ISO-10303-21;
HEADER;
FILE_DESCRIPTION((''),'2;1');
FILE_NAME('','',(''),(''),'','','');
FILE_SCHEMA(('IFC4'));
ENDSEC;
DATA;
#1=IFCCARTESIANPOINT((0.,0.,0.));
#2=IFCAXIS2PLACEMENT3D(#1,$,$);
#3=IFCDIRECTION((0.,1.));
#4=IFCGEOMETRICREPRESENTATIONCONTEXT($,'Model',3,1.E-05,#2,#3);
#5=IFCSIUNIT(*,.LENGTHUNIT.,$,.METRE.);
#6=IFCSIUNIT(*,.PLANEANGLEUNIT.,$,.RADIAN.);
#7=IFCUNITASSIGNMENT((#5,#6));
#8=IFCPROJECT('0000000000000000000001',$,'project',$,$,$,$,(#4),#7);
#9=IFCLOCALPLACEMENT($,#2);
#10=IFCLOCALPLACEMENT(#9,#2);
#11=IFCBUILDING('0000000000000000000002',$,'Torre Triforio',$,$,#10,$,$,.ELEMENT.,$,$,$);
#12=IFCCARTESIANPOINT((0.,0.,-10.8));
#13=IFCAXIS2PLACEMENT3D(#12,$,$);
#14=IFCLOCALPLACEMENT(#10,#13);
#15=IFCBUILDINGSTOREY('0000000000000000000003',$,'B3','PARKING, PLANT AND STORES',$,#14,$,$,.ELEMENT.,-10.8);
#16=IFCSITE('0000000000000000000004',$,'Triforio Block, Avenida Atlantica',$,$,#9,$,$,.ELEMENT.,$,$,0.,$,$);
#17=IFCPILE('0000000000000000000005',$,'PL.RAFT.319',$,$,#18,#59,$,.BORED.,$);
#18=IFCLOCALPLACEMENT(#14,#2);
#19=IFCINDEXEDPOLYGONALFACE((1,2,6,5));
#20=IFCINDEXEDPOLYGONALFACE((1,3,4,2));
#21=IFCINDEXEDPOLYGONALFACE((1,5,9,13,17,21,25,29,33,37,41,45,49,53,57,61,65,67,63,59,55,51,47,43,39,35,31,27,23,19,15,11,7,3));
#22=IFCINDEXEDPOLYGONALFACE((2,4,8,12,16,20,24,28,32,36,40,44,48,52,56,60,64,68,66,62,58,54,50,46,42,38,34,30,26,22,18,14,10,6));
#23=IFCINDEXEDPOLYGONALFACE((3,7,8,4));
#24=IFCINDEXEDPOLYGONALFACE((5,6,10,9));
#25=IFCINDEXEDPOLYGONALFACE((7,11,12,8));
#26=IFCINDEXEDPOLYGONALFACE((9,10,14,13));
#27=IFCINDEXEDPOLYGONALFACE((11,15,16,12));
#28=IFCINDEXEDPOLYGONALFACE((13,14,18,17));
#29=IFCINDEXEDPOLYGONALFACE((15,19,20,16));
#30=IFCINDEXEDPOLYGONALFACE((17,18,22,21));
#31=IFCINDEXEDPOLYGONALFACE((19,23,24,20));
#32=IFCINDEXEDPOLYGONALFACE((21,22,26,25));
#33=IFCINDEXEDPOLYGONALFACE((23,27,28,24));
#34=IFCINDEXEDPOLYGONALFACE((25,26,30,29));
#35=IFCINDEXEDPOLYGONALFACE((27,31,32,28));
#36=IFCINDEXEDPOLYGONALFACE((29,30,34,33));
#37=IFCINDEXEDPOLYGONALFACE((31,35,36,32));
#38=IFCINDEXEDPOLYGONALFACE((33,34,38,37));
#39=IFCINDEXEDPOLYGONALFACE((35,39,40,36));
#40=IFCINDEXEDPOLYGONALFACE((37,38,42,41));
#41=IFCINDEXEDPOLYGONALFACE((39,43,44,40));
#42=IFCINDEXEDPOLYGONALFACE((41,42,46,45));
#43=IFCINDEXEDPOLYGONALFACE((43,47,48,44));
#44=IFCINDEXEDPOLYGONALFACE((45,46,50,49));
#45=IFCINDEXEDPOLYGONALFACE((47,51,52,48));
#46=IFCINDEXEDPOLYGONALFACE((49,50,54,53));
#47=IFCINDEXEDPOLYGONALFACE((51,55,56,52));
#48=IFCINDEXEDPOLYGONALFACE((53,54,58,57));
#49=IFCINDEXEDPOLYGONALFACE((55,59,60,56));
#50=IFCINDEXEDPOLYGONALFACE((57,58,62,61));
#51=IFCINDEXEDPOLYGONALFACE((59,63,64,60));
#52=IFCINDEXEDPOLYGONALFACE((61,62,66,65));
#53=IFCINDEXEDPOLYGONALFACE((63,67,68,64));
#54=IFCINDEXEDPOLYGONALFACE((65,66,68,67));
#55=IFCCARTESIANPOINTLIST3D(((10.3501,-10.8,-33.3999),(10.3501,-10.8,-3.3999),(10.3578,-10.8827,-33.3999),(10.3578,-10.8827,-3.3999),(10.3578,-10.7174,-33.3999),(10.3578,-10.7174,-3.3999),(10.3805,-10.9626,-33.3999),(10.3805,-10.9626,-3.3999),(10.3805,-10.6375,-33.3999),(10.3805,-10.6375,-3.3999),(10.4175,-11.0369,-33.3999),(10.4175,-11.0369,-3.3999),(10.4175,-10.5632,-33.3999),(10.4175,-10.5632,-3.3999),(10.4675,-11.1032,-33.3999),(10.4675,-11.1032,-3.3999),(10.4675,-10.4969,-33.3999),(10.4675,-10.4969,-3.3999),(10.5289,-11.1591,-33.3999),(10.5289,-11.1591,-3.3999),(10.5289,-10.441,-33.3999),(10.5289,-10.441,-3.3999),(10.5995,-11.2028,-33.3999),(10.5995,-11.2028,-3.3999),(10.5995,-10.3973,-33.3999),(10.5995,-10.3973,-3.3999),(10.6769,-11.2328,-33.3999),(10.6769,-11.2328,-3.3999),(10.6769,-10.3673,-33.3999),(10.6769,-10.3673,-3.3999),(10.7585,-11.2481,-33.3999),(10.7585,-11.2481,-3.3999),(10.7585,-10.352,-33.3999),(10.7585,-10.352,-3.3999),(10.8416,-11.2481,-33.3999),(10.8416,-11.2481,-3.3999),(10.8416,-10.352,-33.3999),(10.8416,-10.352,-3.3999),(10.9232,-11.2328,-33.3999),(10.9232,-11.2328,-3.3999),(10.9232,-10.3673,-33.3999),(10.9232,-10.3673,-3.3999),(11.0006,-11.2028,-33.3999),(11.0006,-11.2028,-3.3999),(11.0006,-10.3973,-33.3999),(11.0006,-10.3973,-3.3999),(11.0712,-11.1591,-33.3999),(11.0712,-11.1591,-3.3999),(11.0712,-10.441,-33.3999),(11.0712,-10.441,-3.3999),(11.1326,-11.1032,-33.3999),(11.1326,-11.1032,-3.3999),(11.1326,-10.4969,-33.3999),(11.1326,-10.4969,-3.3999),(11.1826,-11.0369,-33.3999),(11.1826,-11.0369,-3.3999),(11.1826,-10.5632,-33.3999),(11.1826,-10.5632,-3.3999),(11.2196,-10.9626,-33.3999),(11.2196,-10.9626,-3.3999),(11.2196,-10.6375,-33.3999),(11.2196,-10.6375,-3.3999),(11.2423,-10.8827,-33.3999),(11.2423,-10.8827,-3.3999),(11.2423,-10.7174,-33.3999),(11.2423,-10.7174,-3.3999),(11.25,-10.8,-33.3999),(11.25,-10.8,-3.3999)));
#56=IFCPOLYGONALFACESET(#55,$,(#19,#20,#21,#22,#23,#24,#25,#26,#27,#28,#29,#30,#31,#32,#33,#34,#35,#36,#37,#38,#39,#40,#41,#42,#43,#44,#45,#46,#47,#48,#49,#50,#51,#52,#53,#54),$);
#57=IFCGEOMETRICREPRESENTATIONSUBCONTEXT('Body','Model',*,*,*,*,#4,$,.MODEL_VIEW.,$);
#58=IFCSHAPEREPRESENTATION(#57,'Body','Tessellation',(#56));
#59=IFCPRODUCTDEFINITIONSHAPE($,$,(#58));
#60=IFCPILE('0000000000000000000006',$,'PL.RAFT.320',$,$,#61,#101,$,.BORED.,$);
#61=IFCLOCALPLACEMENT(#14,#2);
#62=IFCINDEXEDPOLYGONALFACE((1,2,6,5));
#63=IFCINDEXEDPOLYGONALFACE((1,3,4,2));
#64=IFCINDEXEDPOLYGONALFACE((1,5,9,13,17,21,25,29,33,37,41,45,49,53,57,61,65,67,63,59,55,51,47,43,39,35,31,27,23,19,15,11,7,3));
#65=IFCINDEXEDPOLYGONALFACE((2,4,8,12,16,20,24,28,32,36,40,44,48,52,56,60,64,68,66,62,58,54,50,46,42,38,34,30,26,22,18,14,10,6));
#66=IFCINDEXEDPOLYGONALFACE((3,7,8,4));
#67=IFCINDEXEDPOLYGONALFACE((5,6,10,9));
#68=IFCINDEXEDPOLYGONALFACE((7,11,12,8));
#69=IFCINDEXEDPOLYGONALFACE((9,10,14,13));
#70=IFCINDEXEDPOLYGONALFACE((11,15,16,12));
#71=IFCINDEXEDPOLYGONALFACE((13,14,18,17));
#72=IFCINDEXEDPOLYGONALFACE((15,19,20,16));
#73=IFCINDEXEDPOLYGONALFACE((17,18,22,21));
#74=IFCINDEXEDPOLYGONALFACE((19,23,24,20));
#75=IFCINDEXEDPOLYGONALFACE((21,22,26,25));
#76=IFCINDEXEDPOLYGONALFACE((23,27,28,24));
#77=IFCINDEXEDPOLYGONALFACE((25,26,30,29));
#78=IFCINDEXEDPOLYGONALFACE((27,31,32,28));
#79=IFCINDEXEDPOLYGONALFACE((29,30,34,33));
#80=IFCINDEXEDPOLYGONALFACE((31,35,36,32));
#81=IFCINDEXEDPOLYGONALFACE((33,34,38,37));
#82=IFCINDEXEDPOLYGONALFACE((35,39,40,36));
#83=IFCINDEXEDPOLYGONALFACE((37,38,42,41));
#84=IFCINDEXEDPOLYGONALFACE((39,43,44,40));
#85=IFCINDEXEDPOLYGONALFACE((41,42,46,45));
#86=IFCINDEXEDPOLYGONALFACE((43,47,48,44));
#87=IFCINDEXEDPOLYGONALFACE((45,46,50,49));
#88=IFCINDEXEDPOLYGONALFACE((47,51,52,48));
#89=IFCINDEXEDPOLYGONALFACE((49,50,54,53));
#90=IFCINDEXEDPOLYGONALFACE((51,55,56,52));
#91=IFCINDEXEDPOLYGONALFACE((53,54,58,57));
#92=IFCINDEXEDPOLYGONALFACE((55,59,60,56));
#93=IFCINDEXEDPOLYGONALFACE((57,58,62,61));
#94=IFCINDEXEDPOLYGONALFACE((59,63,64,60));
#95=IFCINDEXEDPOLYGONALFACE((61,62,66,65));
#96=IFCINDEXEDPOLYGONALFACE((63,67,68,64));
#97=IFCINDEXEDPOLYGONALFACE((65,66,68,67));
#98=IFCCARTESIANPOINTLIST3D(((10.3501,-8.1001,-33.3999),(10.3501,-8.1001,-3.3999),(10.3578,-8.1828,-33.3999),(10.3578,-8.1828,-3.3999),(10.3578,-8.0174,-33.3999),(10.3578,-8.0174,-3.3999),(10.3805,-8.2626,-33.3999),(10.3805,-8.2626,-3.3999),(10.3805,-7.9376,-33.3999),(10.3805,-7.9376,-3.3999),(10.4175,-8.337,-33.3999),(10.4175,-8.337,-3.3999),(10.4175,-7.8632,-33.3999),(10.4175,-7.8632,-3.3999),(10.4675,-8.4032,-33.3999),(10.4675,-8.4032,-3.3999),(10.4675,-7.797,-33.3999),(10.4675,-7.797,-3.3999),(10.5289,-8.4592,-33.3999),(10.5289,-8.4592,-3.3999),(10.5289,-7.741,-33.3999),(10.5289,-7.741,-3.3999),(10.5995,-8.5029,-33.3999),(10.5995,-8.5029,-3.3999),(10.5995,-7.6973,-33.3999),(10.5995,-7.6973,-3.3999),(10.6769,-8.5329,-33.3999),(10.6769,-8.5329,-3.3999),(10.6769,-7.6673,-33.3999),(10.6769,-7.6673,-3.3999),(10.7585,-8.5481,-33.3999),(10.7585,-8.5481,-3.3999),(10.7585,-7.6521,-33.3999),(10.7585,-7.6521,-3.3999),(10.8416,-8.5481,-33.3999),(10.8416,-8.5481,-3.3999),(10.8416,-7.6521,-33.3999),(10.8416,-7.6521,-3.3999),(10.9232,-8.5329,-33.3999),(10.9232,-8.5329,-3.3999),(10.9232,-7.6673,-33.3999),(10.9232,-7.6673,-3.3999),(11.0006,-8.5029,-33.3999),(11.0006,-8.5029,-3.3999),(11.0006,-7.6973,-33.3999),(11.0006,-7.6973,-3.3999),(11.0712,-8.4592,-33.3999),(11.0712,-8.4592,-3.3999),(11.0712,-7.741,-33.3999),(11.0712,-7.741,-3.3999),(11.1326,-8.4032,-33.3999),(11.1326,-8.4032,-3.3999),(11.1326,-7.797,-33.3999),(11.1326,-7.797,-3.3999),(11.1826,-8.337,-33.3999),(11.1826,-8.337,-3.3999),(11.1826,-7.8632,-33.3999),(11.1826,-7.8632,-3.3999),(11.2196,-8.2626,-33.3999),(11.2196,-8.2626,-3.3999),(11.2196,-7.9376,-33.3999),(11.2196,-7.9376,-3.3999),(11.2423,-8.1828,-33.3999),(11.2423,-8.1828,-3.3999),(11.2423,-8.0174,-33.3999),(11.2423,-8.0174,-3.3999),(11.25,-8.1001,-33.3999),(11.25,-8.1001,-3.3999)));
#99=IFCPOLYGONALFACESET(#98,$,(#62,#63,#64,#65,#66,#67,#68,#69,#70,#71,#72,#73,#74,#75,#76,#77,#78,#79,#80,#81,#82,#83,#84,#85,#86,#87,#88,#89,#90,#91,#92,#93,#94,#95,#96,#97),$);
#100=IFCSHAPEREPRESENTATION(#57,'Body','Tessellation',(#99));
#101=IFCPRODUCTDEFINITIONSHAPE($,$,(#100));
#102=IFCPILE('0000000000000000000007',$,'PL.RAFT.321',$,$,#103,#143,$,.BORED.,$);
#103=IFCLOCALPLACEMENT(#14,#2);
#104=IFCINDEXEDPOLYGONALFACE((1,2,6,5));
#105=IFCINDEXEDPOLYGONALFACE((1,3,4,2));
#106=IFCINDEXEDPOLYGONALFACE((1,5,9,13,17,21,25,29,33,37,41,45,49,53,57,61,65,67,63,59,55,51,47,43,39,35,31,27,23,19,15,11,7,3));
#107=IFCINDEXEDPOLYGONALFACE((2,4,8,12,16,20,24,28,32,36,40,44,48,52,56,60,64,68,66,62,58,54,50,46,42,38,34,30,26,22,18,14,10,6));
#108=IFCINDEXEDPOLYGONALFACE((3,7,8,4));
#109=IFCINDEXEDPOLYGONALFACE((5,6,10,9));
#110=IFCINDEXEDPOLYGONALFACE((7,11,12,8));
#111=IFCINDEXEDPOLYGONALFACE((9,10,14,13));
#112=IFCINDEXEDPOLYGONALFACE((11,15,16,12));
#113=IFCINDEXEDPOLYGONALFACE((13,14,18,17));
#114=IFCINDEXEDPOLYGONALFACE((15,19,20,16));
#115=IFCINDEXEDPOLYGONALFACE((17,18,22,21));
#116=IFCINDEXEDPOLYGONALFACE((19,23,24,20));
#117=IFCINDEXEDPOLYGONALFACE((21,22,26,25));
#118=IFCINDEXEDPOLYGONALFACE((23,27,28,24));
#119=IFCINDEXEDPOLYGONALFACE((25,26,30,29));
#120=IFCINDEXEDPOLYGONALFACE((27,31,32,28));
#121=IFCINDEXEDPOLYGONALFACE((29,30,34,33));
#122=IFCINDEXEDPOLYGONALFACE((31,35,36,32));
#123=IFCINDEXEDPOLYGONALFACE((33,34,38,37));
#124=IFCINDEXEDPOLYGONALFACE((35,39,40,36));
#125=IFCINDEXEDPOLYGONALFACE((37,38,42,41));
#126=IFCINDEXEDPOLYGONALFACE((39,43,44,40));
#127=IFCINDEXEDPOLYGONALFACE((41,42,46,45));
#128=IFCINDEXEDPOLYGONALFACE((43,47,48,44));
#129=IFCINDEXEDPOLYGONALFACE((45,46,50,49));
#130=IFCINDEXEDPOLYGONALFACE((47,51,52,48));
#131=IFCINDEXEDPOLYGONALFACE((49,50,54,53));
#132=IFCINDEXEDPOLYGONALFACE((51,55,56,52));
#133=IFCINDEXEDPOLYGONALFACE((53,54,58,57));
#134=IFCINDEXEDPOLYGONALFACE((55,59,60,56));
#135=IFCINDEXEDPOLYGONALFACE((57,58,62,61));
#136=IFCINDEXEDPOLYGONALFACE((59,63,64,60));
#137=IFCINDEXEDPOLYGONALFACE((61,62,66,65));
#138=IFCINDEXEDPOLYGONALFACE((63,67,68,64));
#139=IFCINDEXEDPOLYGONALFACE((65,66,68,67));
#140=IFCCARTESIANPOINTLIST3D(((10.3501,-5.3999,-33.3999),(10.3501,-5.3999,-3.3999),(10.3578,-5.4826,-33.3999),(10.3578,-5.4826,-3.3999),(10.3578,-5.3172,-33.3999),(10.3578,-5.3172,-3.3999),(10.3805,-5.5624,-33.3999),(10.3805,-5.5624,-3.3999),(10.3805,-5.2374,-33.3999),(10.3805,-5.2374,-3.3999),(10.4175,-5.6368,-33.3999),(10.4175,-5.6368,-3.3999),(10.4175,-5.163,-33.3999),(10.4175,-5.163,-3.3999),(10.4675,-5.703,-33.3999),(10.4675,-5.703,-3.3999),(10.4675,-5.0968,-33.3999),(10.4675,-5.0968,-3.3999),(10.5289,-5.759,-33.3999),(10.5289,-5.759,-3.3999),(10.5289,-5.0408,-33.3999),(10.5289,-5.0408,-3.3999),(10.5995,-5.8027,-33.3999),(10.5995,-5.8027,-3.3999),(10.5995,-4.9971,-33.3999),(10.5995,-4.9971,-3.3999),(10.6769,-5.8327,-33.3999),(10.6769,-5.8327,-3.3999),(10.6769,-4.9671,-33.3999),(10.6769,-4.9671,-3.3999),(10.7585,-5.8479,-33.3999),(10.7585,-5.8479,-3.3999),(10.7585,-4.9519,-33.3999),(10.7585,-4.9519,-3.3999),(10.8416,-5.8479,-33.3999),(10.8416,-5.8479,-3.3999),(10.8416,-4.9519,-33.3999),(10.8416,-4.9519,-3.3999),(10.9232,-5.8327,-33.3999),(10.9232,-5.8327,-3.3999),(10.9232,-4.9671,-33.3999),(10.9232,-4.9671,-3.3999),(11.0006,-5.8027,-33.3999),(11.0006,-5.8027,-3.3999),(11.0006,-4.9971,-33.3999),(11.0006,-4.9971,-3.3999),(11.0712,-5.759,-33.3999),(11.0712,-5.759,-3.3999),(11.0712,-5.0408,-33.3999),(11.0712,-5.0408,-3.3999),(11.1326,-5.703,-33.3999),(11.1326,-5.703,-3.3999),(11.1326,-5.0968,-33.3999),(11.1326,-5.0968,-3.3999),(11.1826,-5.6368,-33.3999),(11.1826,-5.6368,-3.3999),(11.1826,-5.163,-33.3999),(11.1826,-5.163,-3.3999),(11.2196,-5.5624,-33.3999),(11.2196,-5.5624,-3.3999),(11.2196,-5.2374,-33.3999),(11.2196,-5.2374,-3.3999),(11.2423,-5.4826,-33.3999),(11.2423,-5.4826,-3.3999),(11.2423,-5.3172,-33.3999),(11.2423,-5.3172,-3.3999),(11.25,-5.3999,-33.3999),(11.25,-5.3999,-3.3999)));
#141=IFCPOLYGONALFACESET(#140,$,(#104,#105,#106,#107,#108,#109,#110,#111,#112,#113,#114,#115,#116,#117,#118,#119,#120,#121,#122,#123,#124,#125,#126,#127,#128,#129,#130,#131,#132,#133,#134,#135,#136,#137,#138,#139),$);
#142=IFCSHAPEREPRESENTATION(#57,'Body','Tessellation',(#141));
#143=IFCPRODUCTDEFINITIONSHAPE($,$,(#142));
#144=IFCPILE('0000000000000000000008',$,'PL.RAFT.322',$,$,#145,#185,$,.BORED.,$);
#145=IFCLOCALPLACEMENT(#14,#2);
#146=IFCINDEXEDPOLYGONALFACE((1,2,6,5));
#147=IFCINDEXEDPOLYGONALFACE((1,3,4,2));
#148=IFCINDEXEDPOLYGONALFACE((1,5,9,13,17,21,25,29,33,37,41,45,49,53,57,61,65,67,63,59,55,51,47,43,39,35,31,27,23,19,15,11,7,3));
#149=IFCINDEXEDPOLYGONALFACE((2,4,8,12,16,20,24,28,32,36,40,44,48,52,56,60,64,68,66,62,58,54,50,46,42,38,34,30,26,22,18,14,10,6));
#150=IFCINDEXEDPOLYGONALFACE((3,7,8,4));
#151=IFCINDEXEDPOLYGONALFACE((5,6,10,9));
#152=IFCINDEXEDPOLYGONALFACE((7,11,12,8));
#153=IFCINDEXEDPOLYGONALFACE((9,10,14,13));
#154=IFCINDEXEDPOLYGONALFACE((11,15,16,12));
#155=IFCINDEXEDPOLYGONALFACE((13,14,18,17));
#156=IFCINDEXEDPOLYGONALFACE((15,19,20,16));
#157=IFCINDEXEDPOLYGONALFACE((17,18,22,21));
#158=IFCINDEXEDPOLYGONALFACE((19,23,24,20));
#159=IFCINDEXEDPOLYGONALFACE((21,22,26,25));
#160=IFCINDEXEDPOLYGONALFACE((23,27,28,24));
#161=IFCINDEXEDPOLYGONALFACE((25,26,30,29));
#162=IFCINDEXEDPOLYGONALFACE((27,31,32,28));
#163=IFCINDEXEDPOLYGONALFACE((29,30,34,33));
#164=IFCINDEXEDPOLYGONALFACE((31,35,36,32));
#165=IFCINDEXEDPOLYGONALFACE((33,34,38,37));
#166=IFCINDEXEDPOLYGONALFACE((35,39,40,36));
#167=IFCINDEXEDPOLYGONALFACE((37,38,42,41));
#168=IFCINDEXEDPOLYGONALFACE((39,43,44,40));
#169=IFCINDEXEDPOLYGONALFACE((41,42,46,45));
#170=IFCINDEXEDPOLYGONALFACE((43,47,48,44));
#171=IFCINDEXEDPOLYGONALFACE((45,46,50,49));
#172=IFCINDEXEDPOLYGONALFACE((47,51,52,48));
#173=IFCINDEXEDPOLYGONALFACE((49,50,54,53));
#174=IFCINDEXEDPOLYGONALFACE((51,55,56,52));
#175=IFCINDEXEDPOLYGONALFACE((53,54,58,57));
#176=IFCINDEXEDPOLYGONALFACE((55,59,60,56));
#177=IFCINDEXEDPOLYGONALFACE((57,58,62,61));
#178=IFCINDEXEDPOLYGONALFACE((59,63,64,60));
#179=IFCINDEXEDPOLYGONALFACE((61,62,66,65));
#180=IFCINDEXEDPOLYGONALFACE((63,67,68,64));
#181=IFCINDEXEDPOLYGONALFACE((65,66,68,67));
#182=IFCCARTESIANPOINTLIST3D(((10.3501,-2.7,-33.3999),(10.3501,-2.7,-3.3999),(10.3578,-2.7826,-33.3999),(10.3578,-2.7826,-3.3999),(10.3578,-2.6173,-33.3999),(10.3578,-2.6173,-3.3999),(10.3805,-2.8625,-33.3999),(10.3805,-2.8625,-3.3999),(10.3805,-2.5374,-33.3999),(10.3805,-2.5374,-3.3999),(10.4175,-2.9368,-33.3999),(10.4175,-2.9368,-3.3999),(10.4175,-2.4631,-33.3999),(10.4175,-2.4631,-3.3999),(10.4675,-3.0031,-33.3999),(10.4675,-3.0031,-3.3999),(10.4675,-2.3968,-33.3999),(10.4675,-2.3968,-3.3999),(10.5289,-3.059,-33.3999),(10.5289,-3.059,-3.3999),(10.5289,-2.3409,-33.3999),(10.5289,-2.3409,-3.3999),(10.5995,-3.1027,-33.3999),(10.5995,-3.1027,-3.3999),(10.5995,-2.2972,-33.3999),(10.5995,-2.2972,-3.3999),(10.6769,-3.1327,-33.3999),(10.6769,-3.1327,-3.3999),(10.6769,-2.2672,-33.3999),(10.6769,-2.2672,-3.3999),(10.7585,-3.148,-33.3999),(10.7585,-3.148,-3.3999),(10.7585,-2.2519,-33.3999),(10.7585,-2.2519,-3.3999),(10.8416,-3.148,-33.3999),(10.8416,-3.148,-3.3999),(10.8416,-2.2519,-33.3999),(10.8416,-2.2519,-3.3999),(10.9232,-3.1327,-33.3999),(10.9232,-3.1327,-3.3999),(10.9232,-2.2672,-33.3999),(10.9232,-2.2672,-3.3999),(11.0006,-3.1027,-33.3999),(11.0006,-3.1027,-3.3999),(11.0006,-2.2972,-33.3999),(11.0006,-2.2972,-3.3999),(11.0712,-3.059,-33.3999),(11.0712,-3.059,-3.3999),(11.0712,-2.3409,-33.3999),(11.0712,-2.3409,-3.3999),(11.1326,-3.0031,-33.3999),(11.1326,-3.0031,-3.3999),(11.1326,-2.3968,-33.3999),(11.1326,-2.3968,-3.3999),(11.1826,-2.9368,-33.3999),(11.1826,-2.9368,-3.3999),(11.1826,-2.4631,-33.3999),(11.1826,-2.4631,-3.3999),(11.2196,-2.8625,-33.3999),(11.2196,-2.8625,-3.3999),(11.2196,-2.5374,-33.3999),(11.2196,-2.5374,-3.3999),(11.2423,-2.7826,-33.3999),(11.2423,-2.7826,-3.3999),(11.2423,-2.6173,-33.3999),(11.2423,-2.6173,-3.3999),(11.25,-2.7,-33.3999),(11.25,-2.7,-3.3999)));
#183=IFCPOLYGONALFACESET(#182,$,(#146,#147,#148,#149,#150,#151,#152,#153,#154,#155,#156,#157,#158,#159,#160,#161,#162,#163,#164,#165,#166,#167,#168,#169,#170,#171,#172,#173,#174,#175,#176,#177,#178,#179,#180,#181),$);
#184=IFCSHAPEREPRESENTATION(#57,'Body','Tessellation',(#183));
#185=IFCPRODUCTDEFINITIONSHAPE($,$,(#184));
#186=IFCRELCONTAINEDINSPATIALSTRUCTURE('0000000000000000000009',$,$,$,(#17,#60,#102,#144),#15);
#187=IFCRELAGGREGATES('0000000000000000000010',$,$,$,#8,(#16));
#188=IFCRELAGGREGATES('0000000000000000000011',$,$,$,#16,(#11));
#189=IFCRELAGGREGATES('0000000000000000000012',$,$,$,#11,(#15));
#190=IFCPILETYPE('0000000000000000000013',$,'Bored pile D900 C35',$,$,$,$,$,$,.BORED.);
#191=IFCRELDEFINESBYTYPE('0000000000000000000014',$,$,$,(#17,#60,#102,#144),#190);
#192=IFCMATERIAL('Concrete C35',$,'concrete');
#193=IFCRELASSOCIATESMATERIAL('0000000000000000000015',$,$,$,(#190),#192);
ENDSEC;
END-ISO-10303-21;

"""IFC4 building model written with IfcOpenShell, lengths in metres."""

from ifc_helpers import new_model, si_unit, direction, frame, origin, origin_2d, place, context, subcontext, project, spatial, circle, extrude, material, material_profile, profile_set, type_object, element, save


model = new_model("IFC4")

# Units and contexts
model_context = context("Model", 3, precision=1e-05, world=origin(), true_north=direction((0.0, 1.0)))
body_context = subcontext(model_context, "Body", "Model", "MODEL_VIEW")
ifc_project = project(units=[si_unit("LENGTHUNIT", "METRE"), si_unit("PLANEANGLEUNIT", "RADIAN")], contexts=[model_context])

# Site, building, storey
site_placement = place(None, origin())
site = spatial("IfcSite", under=ifc_project, at=site_placement, Name="Triforio Block, Avenida Atlantica", CompositionType="ELEMENT", RefElevation=0.0)
building_placement = place(site_placement, origin())
building = spatial("IfcBuilding", under=site, at=building_placement, Name="Torre Triforio", CompositionType="ELEMENT")
storey_placement = place(building_placement, frame((0.0, 0.0, -10.8)))
storey = spatial("IfcBuildingStorey", under=building, at=storey_placement, Name="B3", Description="PARKING, PLANT AND STORES", CompositionType="ELEMENT", Elevation=-10.8)

# Piles
ifc_material_1 = material(Name="Concrete C35", Category="concrete")
ifc_material_profile_1 = material_profile(ifc_material_1, circle(Radius=0.45, at=origin_2d()), Name="RC D900")
ifc_profile_set_1 = profile_set([ifc_material_profile_1], Name="Concrete C35")
pile_type = type_object("IfcPileType", Name="Bored pile D900 C35", PredefinedType="BORED", material=ifc_profile_set_1)
for number, where, z_axis, x_axis, name in (
    (1, (10.8, -10.8, -3.3999), (0.0, 0.0, -1.0), (1.0, 0.0, 0.0), "PL.RAFT.319"),
    (2, (10.8, -8.1001, -3.3999), (0.0, 0.0, -1.0), (1.0, 0.0, 0.0), "PL.RAFT.320"),
    (3, (10.8, -5.3999, -3.3999), (0.0, 0.0, -1.0), (1.0, 0.0, 0.0), "PL.RAFT.321"),
    (4, (10.8, -2.7, -3.3999), (0.0, 0.0, -1.0), (1.0, 0.0, 0.0), "PL.RAFT.322"),
):
    element("IfcPile", number, at=place(storey_placement, frame(where, z_axis=z_axis, x_axis=x_axis)), inside=storey, type_object=pile_type, Name=name, PredefinedType="BORED", context=body_context, shape_type="SweptSolid", body=[
        extrude(circle(Radius=0.45, at=origin_2d()), origin(), (0.0, 0.0, 1.0), 30.0),
    ])

save(model, "model.ifc")
